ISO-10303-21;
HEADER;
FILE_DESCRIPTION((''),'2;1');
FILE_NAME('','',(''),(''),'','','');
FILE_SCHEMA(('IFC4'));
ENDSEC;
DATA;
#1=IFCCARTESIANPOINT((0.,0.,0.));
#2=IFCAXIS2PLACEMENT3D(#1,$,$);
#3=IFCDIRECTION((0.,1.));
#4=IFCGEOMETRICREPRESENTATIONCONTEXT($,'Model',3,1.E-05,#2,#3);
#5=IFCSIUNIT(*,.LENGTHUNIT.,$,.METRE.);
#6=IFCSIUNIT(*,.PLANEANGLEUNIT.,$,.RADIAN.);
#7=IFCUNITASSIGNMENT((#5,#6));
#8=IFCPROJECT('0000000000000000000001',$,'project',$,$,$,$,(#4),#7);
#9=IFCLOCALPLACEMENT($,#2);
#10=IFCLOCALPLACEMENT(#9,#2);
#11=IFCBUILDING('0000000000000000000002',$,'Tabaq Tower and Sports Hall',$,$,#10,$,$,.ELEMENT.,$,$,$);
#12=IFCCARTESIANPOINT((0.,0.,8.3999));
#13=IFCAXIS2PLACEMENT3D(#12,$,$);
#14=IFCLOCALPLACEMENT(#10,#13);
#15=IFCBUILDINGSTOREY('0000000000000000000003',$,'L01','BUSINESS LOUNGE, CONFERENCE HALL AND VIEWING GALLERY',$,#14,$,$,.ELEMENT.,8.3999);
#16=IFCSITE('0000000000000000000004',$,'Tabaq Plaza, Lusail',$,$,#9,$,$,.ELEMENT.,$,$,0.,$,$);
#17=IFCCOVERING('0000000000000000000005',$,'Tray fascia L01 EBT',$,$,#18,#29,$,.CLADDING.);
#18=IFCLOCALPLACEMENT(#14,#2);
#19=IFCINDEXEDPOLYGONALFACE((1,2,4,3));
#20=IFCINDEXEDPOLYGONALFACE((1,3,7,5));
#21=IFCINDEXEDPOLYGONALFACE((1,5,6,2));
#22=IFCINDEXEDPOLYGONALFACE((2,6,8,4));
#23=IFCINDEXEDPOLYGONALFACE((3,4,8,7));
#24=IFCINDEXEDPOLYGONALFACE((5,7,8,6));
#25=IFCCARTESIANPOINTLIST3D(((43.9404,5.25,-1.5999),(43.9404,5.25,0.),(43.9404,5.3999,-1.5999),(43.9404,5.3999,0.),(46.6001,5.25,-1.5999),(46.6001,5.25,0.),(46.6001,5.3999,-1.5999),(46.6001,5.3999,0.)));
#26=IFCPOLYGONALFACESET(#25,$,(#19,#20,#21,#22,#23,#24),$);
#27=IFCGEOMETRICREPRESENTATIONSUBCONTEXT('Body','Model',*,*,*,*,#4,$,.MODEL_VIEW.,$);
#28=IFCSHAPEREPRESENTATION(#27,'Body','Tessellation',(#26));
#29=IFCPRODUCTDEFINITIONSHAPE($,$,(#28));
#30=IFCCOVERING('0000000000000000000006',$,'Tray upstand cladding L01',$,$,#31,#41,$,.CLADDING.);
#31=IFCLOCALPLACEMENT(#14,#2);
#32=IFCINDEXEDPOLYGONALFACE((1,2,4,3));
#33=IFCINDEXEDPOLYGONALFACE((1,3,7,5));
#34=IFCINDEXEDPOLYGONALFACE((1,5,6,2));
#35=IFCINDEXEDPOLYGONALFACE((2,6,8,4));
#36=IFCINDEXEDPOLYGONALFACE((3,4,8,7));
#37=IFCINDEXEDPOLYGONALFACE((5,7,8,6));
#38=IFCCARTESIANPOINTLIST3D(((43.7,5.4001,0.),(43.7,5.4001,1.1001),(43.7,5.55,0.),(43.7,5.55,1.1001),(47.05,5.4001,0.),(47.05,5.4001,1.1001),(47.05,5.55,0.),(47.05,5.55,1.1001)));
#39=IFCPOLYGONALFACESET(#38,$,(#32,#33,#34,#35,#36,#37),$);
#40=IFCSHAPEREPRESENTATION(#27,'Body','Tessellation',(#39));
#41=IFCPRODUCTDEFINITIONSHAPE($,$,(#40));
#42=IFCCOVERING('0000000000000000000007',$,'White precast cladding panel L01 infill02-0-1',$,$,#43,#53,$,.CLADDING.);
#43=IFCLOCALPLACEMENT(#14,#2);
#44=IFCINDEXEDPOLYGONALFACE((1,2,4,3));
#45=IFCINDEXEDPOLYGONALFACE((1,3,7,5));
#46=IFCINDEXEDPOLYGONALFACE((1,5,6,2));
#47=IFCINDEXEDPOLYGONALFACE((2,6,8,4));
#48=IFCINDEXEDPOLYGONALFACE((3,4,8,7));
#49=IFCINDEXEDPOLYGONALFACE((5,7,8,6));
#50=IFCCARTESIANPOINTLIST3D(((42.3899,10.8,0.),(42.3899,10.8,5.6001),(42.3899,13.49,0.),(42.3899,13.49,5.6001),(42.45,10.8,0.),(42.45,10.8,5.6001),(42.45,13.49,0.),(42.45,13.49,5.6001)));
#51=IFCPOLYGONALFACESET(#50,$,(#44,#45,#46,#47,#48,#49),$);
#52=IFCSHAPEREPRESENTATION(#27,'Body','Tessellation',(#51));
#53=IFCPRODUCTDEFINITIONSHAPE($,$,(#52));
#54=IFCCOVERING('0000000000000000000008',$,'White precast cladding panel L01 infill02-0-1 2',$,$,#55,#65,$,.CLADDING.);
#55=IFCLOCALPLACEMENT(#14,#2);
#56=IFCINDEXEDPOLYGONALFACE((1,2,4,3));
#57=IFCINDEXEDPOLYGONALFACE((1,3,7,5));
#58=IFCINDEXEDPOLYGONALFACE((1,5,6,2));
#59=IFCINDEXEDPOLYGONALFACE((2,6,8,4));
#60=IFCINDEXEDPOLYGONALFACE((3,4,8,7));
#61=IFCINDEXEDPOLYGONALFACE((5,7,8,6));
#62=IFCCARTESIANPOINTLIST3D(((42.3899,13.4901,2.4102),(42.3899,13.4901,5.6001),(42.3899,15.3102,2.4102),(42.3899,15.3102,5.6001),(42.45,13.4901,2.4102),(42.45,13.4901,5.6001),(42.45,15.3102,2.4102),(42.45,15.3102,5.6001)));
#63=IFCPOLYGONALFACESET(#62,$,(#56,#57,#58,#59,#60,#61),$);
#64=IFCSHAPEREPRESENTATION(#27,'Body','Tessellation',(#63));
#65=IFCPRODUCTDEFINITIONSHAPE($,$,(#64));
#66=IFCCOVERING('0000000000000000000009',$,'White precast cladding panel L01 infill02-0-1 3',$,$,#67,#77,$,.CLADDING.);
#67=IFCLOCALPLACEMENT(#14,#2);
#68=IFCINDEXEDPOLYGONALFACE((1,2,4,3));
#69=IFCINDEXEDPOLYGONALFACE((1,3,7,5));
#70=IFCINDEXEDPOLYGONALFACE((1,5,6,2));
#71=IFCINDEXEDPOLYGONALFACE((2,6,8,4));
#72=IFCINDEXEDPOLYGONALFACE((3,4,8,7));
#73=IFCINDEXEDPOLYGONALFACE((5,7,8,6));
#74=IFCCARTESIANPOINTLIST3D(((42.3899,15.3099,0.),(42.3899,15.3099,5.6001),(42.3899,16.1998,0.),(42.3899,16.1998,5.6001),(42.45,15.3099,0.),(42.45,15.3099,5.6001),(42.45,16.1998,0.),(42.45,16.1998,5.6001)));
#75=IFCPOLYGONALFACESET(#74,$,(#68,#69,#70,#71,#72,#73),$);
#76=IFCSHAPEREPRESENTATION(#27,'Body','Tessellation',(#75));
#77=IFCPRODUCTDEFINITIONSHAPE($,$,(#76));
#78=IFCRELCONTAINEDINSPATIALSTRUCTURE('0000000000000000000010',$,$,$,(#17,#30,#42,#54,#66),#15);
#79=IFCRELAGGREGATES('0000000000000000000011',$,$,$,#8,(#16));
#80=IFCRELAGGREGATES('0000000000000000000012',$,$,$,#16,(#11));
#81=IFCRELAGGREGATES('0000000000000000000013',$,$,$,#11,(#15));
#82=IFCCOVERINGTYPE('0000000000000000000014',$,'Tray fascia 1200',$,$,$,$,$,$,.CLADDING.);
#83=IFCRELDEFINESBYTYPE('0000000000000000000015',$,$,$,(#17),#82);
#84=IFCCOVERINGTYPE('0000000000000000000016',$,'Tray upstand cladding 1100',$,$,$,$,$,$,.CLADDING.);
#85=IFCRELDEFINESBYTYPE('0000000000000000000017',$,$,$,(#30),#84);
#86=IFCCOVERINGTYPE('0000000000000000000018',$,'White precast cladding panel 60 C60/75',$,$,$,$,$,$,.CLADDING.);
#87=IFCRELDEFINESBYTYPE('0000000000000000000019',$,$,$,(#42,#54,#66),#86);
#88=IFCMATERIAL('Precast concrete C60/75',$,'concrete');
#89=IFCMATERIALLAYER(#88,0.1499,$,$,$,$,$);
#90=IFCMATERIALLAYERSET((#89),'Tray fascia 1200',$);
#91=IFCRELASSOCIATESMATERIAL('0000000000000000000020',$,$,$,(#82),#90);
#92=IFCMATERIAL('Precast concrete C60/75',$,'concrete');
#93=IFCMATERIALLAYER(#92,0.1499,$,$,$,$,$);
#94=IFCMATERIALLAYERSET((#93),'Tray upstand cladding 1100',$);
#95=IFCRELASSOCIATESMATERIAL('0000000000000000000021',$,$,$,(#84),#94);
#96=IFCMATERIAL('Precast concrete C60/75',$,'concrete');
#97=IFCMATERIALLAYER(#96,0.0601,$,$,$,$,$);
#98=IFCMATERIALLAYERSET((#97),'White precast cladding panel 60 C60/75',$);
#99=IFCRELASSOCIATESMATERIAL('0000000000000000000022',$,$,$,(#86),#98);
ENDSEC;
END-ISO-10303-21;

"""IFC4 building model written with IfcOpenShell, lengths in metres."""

from ifc_helpers import new_model, si_unit, direction, frame, frame_2d, origin, place, context, subcontext, project, spatial, rectangle, extrude, material, layer, layer_set, type_object, element, save


model = new_model("IFC4")

# Units and contexts
model_context = context("Model", 3, precision=1e-05, world=origin(), true_north=direction((0.0, 1.0)))
body_context = subcontext(model_context, "Body", "Model", "MODEL_VIEW")
ifc_project = project(units=[si_unit("LENGTHUNIT", "METRE"), si_unit("PLANEANGLEUNIT", "RADIAN")], contexts=[model_context])

# Site, building, storey
site_placement = place(None, origin())
site = spatial("IfcSite", under=ifc_project, at=site_placement, Name="Tabaq Plaza, Lusail", CompositionType="ELEMENT", RefElevation=0.0)
building_placement = place(site_placement, origin())
building = spatial("IfcBuilding", under=site, at=building_placement, Name="Tabaq Tower and Sports Hall", CompositionType="ELEMENT")
storey_placement = place(building_placement, frame((0.0, 0.0, 8.3999)))
storey = spatial("IfcBuildingStorey", under=building, at=storey_placement, Name="L01", Description="BUSINESS LOUNGE, CONFERENCE HALL AND VIEWING GALLERY", CompositionType="ELEMENT", Elevation=8.3999)

# Coverings
ifc_material_1 = material(Name="Precast concrete C60/75", Category="concrete")
ifc_layer_1 = layer(ifc_material_1, 0.1499)
ifc_layer_set_1 = layer_set([ifc_layer_1], Name="Tray fascia 1200")
covering_type_1 = type_object("IfcCoveringType", Name="Tray fascia 1200", PredefinedType="CLADDING", material=ifc_layer_set_1)
covering_1_placement = place(storey_placement, frame((43.9404, 5.325, -1.5999), z_axis=(0.0, 0.0, 1.0), x_axis=(1.0, 0.0, 0.0)))
element("IfcCovering", 1, at=covering_1_placement, inside=storey, type_object=covering_type_1, Name="Tray fascia L01 EBT", PredefinedType="CLADDING", context=body_context, shape_type="SweptSolid", body=[
    extrude(rectangle(XDim=2.6597, YDim=0.1499, at=frame_2d((1.3298, 0.0))), origin(), (0.0, 0.0, 1.0), 1.5999),
])
ifc_material_2 = material(Name="Precast concrete C60/75", Category="concrete")
ifc_layer_2 = layer(ifc_material_2, 0.1499)
ifc_layer_set_2 = layer_set([ifc_layer_2], Name="Tray upstand cladding 1100")
covering_type_2 = type_object("IfcCoveringType", Name="Tray upstand cladding 1100", PredefinedType="CLADDING", material=ifc_layer_set_2)
covering_2_placement = place(storey_placement, frame((43.7, 5.4751, 0.0), z_axis=(0.0, 0.0, 1.0), x_axis=(1.0, 0.0, 0.0)))
element("IfcCovering", 2, at=covering_2_placement, inside=storey, type_object=covering_type_2, Name="Tray upstand cladding L01", PredefinedType="CLADDING", context=body_context, shape_type="SweptSolid", body=[
    extrude(rectangle(XDim=3.3501, YDim=0.1499, at=frame_2d((1.675, 0.0))), origin(), (0.0, 0.0, 1.0), 1.1001),
])
ifc_material_3 = material(Name="Precast concrete C60/75", Category="concrete")
ifc_layer_3 = layer(ifc_material_3, 0.0601)
ifc_layer_set_3 = layer_set([ifc_layer_3], Name="White precast cladding panel 60 C60/75")
covering_type_3 = type_object("IfcCoveringType", Name="White precast cladding panel 60 C60/75", PredefinedType="CLADDING", material=ifc_layer_set_3)
covering_3_placement = place(storey_placement, frame((42.4199, 10.8, 0.0), z_axis=(0.0, 0.0, 1.0), x_axis=(0.0, 1.0, 0.0)))
element("IfcCovering", 3, at=covering_3_placement, inside=storey, type_object=covering_type_3, Name="White precast cladding panel L01 infill02-0-1", PredefinedType="CLADDING", context=body_context, shape_type="SweptSolid", body=[
    extrude(rectangle(XDim=2.6899, YDim=0.0601, at=frame_2d((1.345, 0.0))), origin(), (0.0, 0.0, 1.0), 5.6001),
])
covering_4_placement = place(storey_placement, frame((42.4199, 13.49, 2.4102), z_axis=(0.0, 0.0, 1.0), x_axis=(0.0, 1.0, 0.0)))
element("IfcCovering", 4, at=covering_4_placement, inside=storey, type_object=covering_type_3, Name="White precast cladding panel L01 infill02-0-1 2", PredefinedType="CLADDING", context=body_context, shape_type="SweptSolid", body=[
    extrude(rectangle(XDim=1.8201, YDim=0.0601, at=frame_2d((0.9102, 0.0))), origin(), (0.0, 0.0, 1.0), 3.1899),
])
covering_5_placement = place(storey_placement, frame((42.4199, 15.3101, 0.0), z_axis=(0.0, 0.0, 1.0), x_axis=(0.0, 1.0, 0.0)))
element("IfcCovering", 5, at=covering_5_placement, inside=storey, type_object=covering_type_3, Name="White precast cladding panel L01 infill02-0-1 3", PredefinedType="CLADDING", context=body_context, shape_type="SweptSolid", body=[
    extrude(rectangle(XDim=0.8899, YDim=0.0601, at=frame_2d((0.4448, 0.0))), origin(), (0.0, 0.0, 1.0), 5.6001),
])

save(model, "model.ifc")
